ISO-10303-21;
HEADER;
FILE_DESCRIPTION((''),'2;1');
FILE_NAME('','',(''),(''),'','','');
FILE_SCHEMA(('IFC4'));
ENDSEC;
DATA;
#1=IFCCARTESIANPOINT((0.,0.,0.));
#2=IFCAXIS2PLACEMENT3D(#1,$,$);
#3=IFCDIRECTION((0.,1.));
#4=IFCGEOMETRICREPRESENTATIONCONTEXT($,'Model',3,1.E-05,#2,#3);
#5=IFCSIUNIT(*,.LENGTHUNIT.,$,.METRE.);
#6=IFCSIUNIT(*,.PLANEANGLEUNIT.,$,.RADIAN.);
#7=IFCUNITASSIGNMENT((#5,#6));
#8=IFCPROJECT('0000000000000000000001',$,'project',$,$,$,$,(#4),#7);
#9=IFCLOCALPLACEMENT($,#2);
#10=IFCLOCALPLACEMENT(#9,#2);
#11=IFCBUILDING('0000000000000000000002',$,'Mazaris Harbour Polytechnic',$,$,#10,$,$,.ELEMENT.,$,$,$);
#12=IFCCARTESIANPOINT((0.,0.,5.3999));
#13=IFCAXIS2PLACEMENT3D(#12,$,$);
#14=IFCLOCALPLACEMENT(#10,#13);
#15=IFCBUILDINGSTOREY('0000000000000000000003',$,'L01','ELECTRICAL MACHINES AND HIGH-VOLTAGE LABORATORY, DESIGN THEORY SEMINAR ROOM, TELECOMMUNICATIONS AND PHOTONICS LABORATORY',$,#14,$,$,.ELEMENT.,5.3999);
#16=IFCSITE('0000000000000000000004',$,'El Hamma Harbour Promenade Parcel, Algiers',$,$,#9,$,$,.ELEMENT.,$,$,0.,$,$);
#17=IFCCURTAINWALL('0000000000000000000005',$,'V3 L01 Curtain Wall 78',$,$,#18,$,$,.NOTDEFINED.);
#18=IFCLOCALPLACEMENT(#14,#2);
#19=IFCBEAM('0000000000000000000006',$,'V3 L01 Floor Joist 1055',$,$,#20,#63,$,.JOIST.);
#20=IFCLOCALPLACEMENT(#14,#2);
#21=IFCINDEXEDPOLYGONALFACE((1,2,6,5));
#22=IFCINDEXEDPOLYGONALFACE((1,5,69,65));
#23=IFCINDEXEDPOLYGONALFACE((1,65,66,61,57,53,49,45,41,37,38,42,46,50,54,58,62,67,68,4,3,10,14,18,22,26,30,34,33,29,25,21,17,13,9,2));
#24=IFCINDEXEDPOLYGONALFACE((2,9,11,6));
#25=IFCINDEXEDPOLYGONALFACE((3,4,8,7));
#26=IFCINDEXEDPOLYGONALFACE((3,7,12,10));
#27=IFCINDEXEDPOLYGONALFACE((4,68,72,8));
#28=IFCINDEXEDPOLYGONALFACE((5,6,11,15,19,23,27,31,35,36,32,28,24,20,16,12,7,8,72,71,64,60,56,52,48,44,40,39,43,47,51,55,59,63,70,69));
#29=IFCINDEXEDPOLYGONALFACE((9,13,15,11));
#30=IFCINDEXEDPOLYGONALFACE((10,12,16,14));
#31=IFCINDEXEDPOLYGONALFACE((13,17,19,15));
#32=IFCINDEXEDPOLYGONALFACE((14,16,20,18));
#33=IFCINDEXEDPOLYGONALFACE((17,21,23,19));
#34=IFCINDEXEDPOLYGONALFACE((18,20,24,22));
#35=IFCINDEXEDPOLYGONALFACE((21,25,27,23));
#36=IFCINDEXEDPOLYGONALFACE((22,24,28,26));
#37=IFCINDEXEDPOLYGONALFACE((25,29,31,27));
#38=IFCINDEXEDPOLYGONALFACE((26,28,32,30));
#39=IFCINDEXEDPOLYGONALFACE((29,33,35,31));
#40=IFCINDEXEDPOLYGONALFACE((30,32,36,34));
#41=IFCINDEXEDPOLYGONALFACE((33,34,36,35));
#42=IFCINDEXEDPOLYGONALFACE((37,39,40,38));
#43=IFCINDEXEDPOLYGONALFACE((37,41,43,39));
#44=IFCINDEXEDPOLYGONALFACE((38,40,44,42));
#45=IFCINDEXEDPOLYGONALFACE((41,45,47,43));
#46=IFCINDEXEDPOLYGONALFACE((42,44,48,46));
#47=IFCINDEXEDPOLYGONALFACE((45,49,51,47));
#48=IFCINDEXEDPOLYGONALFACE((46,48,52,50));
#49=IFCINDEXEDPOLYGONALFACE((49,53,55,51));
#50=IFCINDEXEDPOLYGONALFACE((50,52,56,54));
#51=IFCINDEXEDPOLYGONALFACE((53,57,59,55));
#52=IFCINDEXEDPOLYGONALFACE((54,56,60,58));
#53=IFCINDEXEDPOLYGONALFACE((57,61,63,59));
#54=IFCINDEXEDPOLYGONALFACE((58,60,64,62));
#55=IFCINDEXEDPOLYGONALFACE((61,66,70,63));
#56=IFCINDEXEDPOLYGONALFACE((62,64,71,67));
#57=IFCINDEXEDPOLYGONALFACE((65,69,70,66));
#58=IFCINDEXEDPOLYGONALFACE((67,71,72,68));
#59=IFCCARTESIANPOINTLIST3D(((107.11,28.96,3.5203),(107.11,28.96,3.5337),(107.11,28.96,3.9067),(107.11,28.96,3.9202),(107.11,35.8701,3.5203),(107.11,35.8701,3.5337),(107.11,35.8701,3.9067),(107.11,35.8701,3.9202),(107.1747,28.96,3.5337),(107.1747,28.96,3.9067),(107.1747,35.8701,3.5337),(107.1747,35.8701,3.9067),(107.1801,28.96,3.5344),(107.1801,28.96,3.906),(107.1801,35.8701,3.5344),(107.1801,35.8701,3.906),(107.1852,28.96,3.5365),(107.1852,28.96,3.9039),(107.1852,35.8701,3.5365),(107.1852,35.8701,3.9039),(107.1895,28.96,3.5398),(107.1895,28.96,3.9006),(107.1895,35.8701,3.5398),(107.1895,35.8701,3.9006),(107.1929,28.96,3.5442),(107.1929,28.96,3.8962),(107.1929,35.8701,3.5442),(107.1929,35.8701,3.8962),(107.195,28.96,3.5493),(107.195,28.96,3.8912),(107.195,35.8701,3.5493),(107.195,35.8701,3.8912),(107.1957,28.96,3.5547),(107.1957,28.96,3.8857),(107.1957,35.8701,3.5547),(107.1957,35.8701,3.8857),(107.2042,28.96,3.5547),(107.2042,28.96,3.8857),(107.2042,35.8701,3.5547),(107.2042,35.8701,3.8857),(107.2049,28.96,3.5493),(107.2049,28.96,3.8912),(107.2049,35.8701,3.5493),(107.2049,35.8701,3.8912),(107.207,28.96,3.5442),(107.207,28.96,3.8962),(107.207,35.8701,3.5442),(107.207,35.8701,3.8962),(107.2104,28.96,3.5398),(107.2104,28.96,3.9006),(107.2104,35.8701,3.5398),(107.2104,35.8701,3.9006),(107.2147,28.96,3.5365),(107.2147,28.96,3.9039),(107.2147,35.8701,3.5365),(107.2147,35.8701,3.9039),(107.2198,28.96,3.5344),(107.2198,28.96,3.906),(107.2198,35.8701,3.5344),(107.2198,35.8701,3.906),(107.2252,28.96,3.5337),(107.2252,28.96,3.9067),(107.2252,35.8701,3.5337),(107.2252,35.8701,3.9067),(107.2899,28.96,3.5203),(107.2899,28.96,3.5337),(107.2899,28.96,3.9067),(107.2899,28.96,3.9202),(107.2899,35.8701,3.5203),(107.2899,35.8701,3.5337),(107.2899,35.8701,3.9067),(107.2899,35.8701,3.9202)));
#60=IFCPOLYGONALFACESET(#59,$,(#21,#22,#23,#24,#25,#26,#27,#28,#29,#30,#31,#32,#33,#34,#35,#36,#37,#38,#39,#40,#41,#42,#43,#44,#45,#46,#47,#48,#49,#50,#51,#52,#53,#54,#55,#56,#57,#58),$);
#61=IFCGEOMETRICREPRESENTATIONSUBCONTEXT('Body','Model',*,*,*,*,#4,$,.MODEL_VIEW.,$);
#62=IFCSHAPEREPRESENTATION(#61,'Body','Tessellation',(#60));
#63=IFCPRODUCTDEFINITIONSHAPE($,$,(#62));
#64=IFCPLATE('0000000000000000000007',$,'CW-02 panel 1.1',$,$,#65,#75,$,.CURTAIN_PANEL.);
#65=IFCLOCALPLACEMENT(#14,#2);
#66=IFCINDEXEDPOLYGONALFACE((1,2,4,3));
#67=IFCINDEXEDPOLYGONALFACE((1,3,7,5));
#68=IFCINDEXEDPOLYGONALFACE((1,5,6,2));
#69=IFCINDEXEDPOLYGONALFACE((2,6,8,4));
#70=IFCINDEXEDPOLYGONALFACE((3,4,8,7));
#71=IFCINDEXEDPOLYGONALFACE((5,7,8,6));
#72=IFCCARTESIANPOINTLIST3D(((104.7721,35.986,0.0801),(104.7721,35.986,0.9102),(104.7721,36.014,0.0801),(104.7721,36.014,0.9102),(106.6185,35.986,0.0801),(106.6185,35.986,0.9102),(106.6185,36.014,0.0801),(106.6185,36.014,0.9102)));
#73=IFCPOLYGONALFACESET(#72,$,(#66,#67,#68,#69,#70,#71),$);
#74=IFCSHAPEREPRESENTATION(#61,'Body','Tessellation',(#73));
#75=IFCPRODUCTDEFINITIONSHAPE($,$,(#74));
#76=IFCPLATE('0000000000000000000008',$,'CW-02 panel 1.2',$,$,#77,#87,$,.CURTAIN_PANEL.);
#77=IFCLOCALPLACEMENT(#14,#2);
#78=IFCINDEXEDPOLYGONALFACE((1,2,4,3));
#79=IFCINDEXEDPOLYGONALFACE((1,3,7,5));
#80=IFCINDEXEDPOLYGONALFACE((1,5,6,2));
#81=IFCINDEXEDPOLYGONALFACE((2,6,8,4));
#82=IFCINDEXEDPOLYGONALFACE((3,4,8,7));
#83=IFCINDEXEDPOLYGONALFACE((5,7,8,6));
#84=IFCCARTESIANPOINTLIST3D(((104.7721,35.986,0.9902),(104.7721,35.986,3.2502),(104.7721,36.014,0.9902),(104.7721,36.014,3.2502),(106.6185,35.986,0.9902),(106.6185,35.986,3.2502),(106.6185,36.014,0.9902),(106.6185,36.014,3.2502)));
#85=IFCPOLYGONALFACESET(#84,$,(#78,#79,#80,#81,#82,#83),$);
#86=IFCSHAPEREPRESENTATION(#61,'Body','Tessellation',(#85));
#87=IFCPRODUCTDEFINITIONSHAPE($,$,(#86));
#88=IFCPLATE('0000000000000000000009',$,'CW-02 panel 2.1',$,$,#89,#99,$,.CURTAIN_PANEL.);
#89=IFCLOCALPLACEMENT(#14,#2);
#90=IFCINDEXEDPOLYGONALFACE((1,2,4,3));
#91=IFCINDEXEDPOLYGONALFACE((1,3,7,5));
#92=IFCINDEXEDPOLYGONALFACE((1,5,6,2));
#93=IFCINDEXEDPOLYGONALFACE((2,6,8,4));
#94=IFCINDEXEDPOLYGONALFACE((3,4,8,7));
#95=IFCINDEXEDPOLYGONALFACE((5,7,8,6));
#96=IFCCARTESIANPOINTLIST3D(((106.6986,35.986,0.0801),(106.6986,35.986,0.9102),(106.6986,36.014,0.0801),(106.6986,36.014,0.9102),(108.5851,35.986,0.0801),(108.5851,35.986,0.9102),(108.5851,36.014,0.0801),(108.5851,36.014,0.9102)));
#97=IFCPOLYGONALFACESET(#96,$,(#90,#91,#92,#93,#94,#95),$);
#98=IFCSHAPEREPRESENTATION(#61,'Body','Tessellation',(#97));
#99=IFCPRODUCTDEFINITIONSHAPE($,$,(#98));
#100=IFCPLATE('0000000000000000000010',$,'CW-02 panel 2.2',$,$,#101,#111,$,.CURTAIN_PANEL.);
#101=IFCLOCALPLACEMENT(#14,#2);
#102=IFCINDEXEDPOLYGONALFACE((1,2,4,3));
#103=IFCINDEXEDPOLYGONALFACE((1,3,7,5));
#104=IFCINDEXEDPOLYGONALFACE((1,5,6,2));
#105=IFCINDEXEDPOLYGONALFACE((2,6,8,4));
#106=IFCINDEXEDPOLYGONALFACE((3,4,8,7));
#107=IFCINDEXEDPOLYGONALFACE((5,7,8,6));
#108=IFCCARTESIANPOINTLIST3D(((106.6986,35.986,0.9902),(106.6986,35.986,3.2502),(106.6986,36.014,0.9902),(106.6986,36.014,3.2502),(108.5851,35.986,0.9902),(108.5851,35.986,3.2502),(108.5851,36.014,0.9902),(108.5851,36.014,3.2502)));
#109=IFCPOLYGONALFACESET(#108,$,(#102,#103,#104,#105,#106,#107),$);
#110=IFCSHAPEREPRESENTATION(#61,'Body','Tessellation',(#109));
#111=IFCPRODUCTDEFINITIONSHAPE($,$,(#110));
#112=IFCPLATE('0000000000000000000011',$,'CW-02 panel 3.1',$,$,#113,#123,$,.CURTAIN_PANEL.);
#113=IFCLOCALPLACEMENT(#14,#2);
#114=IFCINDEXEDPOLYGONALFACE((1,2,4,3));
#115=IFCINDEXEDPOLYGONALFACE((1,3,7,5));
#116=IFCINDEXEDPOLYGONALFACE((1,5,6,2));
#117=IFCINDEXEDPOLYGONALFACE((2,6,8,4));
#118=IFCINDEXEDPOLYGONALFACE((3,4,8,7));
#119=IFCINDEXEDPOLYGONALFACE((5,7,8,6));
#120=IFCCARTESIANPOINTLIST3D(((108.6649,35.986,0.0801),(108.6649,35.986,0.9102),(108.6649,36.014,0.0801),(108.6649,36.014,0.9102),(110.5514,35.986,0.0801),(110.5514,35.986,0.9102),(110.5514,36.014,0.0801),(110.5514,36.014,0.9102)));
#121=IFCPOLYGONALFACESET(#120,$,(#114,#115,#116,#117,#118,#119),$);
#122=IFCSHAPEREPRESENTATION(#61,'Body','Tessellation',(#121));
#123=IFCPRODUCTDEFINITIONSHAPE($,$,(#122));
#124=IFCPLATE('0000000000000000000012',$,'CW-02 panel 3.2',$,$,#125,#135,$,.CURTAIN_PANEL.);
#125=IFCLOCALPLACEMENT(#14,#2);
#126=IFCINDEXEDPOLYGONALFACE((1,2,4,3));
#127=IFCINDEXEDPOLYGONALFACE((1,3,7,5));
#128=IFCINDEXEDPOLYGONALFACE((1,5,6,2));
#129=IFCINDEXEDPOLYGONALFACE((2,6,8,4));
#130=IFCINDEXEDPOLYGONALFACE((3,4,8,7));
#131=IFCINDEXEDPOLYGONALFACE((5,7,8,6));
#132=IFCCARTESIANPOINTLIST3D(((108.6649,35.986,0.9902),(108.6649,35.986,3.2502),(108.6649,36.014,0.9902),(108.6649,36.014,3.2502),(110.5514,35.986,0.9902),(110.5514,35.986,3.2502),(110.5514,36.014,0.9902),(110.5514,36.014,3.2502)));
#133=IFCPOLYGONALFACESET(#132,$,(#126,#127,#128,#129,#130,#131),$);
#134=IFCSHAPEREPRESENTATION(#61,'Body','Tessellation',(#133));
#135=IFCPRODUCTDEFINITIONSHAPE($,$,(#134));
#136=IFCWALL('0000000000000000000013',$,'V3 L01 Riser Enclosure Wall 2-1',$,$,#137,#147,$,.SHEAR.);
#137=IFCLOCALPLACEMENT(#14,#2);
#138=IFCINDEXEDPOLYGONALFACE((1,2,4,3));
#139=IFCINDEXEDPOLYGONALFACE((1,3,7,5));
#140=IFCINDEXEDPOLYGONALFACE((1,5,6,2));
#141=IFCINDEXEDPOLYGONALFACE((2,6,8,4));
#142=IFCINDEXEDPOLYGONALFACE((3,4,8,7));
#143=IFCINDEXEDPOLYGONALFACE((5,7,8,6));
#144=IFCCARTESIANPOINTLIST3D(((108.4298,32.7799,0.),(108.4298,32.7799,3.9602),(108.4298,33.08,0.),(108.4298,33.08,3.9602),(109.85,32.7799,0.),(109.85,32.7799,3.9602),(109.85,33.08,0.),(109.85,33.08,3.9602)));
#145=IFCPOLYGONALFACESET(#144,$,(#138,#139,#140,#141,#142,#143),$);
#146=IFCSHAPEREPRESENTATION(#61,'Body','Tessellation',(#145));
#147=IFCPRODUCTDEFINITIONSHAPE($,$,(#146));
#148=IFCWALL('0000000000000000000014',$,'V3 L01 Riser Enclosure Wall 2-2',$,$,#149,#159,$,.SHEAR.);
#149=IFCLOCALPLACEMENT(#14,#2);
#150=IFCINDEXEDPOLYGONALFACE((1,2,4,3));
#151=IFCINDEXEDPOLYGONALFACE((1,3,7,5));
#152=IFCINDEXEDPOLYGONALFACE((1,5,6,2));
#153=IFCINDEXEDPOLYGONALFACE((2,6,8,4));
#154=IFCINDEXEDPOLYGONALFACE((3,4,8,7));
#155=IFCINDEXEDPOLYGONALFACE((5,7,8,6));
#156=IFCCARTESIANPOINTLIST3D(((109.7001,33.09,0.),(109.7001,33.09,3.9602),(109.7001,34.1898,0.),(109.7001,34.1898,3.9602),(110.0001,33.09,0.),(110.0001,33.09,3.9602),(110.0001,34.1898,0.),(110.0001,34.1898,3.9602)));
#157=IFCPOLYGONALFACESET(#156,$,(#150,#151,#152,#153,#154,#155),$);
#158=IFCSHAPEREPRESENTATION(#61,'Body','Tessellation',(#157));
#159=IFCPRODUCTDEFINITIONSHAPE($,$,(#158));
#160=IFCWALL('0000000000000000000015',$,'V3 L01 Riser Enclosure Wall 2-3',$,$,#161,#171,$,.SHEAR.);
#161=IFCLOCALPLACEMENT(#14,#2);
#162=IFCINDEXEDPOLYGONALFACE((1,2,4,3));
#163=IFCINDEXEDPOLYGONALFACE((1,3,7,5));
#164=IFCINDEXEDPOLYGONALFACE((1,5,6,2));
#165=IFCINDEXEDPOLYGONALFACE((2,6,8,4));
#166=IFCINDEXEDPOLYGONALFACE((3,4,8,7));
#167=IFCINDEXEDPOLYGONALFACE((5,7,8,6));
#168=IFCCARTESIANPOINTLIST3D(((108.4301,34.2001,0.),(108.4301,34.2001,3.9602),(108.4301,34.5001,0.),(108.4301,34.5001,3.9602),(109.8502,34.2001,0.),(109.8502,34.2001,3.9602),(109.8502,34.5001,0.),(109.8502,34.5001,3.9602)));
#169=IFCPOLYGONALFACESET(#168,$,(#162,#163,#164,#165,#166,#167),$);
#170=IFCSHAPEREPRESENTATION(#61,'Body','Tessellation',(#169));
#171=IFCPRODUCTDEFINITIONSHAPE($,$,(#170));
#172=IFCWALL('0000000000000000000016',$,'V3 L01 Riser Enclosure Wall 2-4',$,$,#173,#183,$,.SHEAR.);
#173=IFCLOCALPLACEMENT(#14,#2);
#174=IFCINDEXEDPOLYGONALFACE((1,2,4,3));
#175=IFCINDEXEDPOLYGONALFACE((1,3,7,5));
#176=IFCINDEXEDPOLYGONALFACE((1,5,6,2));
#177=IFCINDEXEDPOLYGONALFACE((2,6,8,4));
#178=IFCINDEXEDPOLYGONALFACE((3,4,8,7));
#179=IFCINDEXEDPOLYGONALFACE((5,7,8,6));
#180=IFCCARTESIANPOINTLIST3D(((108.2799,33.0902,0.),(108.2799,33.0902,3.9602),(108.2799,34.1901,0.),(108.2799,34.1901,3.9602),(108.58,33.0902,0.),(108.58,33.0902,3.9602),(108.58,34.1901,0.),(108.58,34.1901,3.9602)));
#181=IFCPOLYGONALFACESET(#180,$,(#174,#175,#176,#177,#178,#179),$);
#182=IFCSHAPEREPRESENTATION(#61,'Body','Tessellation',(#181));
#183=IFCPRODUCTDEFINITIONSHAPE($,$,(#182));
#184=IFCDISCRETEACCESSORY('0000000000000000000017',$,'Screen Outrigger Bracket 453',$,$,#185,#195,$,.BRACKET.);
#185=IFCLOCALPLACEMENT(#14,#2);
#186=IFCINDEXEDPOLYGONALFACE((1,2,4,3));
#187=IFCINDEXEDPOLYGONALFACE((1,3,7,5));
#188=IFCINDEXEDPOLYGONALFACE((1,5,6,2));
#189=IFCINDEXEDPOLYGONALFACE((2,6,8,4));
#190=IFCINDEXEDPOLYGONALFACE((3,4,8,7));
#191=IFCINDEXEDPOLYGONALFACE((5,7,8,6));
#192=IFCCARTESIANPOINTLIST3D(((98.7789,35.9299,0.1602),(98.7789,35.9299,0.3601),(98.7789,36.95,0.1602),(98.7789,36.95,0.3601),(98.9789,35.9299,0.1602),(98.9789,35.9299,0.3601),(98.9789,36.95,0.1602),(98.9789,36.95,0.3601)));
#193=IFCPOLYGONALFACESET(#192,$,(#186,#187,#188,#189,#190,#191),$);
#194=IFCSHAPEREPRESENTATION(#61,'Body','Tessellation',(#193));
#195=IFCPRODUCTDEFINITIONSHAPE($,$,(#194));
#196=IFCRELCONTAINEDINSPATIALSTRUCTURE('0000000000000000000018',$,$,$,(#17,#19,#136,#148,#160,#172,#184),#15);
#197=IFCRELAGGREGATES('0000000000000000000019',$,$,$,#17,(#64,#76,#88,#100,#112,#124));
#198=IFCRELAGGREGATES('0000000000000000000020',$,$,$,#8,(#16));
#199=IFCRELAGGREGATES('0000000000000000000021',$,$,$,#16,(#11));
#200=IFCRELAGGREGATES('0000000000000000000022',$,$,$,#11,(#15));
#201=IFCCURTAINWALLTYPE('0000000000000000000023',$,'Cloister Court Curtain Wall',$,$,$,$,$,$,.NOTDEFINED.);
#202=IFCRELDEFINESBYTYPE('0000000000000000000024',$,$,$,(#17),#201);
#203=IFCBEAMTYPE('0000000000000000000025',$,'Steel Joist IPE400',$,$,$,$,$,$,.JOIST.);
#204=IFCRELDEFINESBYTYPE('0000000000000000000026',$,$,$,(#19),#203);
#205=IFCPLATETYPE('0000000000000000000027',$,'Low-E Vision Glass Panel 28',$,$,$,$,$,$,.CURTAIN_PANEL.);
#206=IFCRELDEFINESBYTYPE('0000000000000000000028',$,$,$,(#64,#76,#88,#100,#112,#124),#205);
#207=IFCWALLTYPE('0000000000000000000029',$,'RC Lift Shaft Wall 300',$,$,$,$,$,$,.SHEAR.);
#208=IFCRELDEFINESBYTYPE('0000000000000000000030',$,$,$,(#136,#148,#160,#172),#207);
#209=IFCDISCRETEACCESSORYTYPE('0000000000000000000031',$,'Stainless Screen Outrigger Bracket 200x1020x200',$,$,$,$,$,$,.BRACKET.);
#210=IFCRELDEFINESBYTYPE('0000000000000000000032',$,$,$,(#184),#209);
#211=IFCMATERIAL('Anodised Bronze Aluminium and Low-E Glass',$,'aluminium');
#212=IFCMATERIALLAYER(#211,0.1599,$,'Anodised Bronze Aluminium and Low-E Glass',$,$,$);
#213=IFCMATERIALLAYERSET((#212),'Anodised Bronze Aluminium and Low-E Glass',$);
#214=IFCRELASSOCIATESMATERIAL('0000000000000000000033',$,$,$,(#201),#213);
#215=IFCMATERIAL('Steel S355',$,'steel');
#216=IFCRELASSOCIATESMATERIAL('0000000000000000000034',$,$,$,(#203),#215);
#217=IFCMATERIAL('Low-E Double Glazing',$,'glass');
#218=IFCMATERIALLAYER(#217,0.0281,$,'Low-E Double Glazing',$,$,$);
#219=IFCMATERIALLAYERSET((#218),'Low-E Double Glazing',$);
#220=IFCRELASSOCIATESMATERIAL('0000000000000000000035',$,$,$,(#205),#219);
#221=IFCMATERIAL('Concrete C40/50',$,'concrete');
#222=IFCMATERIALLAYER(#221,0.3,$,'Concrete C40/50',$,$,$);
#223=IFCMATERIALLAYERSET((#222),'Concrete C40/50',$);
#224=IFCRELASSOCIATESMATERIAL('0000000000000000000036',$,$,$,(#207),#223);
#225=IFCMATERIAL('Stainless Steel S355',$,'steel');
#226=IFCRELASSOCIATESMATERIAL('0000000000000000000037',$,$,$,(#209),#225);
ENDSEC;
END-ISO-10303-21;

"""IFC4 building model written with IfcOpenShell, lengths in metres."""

from ifc_helpers import new_model, si_unit, direction, frame, frame_2d, origin, origin_2d, place, context, subcontext, project, spatial, rectangle, i_section, extrude, material, layer, layer_set, material_profile, profile_set, type_object, element, aggregate, save


model = new_model("IFC4")

# Units and contexts
model_context = context("Model", 3, precision=1e-05, world=origin(), true_north=direction((0.0, 1.0)))
body_context = subcontext(model_context, "Body", "Model", "MODEL_VIEW")
ifc_project = project(units=[si_unit("LENGTHUNIT", "METRE"), si_unit("PLANEANGLEUNIT", "RADIAN")], contexts=[model_context])

# Site, building, storey
site_placement = place(None, origin())
site = spatial("IfcSite", under=ifc_project, at=site_placement, Name="El Hamma Harbour Promenade Parcel, Algiers", CompositionType="ELEMENT", RefElevation=0.0)
building_placement = place(site_placement, origin())
building = spatial("IfcBuilding", under=site, at=building_placement, Name="Mazaris Harbour Polytechnic", CompositionType="ELEMENT")
storey_placement = place(building_placement, frame((0.0, 0.0, 5.3999)))
storey = spatial("IfcBuildingStorey", under=building, at=storey_placement, Name="L01", Description="ELECTRICAL MACHINES AND HIGH-VOLTAGE LABORATORY, DESIGN THEORY SEMINAR ROOM, TELECOMMUNICATIONS AND PHOTONICS LABORATORY", CompositionType="ELEMENT", Elevation=5.3999)

# Curtain wall
ifc_material_1 = material(Name="Anodised Bronze Aluminium and Low-E Glass", Category="aluminium")
ifc_layer_1 = layer(ifc_material_1, 0.1599, Name="Anodised Bronze Aluminium and Low-E Glass")
ifc_layer_set_1 = layer_set([ifc_layer_1], Name="Anodised Bronze Aluminium and Low-E Glass")
curtain_wall_type = type_object("IfcCurtainWallType", Name="Cloister Court Curtain Wall", PredefinedType="NOTDEFINED", material=ifc_layer_set_1)
curtain_wall_placement = place(storey_placement, origin())
curtain_wall = element("IfcCurtainWall", 1, at=curtain_wall_placement, inside=storey, type_object=curtain_wall_type, Name="V3 L01 Curtain Wall 78", PredefinedType="NOTDEFINED")

# Beam
ifc_material_2 = material(Name="Steel S355", Category="steel")
ifc_material_profile_1 = material_profile(ifc_material_2, i_section(OverallWidth=0.1799, OverallDepth=0.3999, WebThickness=0.0085, FlangeThickness=0.0134, FilletRadius=0.021, at=origin_2d()), Name="IPE 400")
ifc_profile_set_1 = profile_set([ifc_material_profile_1], Name="Steel S355")
beam_type_1 = type_object("IfcBeamType", Name="Steel Joist IPE400", PredefinedType="JOIST", material=ifc_profile_set_1)
beam_1_placement = place(storey_placement, frame((107.2, 28.96, 3.7202), z_axis=(0.0, 1.0, 0.0), x_axis=(-1.0, 0.0, 0.0)))
element("IfcBeam", 2, at=beam_1_placement, inside=storey, type_object=beam_type_1, Name="V3 L01 Floor Joist 1055", PredefinedType="JOIST", context=body_context, shape_type="SweptSolid", body=[
    extrude(i_section(OverallWidth=0.1799, OverallDepth=0.3999, WebThickness=0.0085, FlangeThickness=0.0134, FilletRadius=0.021, at=origin_2d()), origin(), (0.0, 0.0, 1.0), 6.9102),
])

# Plates
ifc_material_3 = material(Name="Low-E Double Glazing", Category="glass")
ifc_layer_2 = layer(ifc_material_3, 0.0281, Name="Low-E Double Glazing")
ifc_layer_set_2 = layer_set([ifc_layer_2], Name="Low-E Double Glazing")
plate_type = type_object("IfcPlateType", Name="Low-E Vision Glass Panel 28", PredefinedType="CURTAIN_PANEL", material=ifc_layer_set_2)
plate_1_placement = place(storey_placement, frame((105.6953, 36.0, 0.0801), z_axis=(0.0, 0.0, 1.0), x_axis=(1.0, 0.0, 0.0)))
plate_1 = element("IfcPlate", 3, at=plate_1_placement, type_object=plate_type, Name="CW-02 panel 1.1", PredefinedType="CURTAIN_PANEL", context=body_context, shape_type="SweptSolid", body=[
    extrude(rectangle(XDim=1.8464, YDim=0.0281, at=origin_2d()), origin(), (0.0, 0.0, 1.0), 0.8301),
])
plate_2_placement = place(storey_placement, frame((105.6953, 36.0, 0.9902), z_axis=(0.0, 0.0, 1.0), x_axis=(1.0, 0.0, 0.0)))
plate_2 = element("IfcPlate", 4, at=plate_2_placement, type_object=plate_type, Name="CW-02 panel 1.2", PredefinedType="CURTAIN_PANEL", context=body_context, shape_type="SweptSolid", body=[
    extrude(rectangle(XDim=1.8464, YDim=0.0281, at=origin_2d()), origin(), (0.0, 0.0, 1.0), 2.26),
])
plate_3_placement = place(storey_placement, frame((107.6418, 36.0, 0.0801), z_axis=(0.0, 0.0, 1.0), x_axis=(1.0, 0.0, 0.0)))
plate_3 = element("IfcPlate", 5, at=plate_3_placement, type_object=plate_type, Name="CW-02 panel 2.1", PredefinedType="CURTAIN_PANEL", context=body_context, shape_type="SweptSolid", body=[
    extrude(rectangle(XDim=1.8865, YDim=0.0281, at=origin_2d()), origin(), (0.0, 0.0, 1.0), 0.8301),
])
plate_4_placement = place(storey_placement, frame((107.6418, 36.0, 0.9902), z_axis=(0.0, 0.0, 1.0), x_axis=(1.0, 0.0, 0.0)))
plate_4 = element("IfcPlate", 6, at=plate_4_placement, type_object=plate_type, Name="CW-02 panel 2.2", PredefinedType="CURTAIN_PANEL", context=body_context, shape_type="SweptSolid", body=[
    extrude(rectangle(XDim=1.8865, YDim=0.0281, at=origin_2d()), origin(), (0.0, 0.0, 1.0), 2.26),
])
plate_5_placement = place(storey_placement, frame((109.6082, 36.0, 0.0801), z_axis=(0.0, 0.0, 1.0), x_axis=(1.0, 0.0, 0.0)))
plate_5 = element("IfcPlate", 7, at=plate_5_placement, type_object=plate_type, Name="CW-02 panel 3.1", PredefinedType="CURTAIN_PANEL", context=body_context, shape_type="SweptSolid", body=[
    extrude(rectangle(XDim=1.8865, YDim=0.0281, at=origin_2d()), origin(), (0.0, 0.0, 1.0), 0.8301),
])
plate_6_placement = place(storey_placement, frame((109.6082, 36.0, 0.9902), z_axis=(0.0, 0.0, 1.0), x_axis=(1.0, 0.0, 0.0)))
plate_6 = element("IfcPlate", 8, at=plate_6_placement, type_object=plate_type, Name="CW-02 panel 3.2", PredefinedType="CURTAIN_PANEL", context=body_context, shape_type="SweptSolid", body=[
    extrude(rectangle(XDim=1.8865, YDim=0.0281, at=origin_2d()), origin(), (0.0, 0.0, 1.0), 2.26),
])
aggregate(curtain_wall, [plate_1, plate_2, plate_3, plate_4, plate_5, plate_6])

# Walls
ifc_material_4 = material(Name="Concrete C40/50", Category="concrete")
ifc_layer_3 = layer(ifc_material_4, 0.3, Name="Concrete C40/50")
ifc_layer_set_3 = layer_set([ifc_layer_3], Name="Concrete C40/50")
wall_type = type_object("IfcWallType", Name="RC Lift Shaft Wall 300", PredefinedType="SHEAR", material=ifc_layer_set_3)
wall_1_placement = place(storey_placement, frame((108.4299, 32.9299, 0.0), z_axis=(0.0, 0.0, 1.0), x_axis=(1.0, 0.0, 0.0)))
element("IfcWall", 9, at=wall_1_placement, inside=storey, type_object=wall_type, Name="V3 L01 Riser Enclosure Wall 2-1", PredefinedType="SHEAR", context=body_context, shape_type="SweptSolid", body=[
    extrude(rectangle(XDim=1.4202, YDim=0.3, at=frame_2d((0.71, 0.0))), origin(), (0.0, 0.0, 1.0), 3.9602),
])
wall_2_placement = place(storey_placement, frame((109.8501, 33.0901, 0.0), z_axis=(0.0, 0.0, 1.0), x_axis=(0.0, 1.0, 0.0)))
element("IfcWall", 10, at=wall_2_placement, inside=storey, type_object=wall_type, Name="V3 L01 Riser Enclosure Wall 2-2", PredefinedType="SHEAR", context=body_context, shape_type="SweptSolid", body=[
    extrude(rectangle(XDim=1.0999, YDim=0.3, at=frame_2d((0.5498, 0.0))), origin(), (0.0, 0.0, 1.0), 3.9602),
])
wall_3_placement = place(storey_placement, frame((109.8501, 34.3501, 0.0), z_axis=(0.0, 0.0, 1.0), x_axis=(-1.0, 0.0, 0.0)))
element("IfcWall", 11, at=wall_3_placement, inside=storey, type_object=wall_type, Name="V3 L01 Riser Enclosure Wall 2-3", PredefinedType="SHEAR", context=body_context, shape_type="SweptSolid", body=[
    extrude(rectangle(XDim=1.4202, YDim=0.3, at=frame_2d((0.71, 0.0))), origin(), (0.0, 0.0, 1.0), 3.9602),
])
wall_4_placement = place(storey_placement, frame((108.4299, 34.1899, 0.0), z_axis=(0.0, 0.0, 1.0), x_axis=(0.0, -1.0, 0.0)))
element("IfcWall", 12, at=wall_4_placement, inside=storey, type_object=wall_type, Name="V3 L01 Riser Enclosure Wall 2-4", PredefinedType="SHEAR", context=body_context, shape_type="SweptSolid", body=[
    extrude(rectangle(XDim=1.0999, YDim=0.3, at=frame_2d((0.5498, 0.0))), origin(), (0.0, 0.0, 1.0), 3.9602),
])

# Discrete accessory
ifc_material_5 = material(Name="Stainless Steel S355", Category="steel")
discrete_accessory_type = type_object("IfcDiscreteAccessoryType", Name="Stainless Screen Outrigger Bracket 200x1020x200", PredefinedType="BRACKET", material=ifc_material_5)
for number, where, z_axis, x_axis, name in (
    (13, (98.8789, 36.4399, 0.1602), (0.0, 0.0, 1.0), (1.0, 0.0, 0.0), "Screen Outrigger Bracket 453"),
):
    element("IfcDiscreteAccessory", number, at=place(storey_placement, frame(where, z_axis=z_axis, x_axis=x_axis)), inside=storey, type_object=discrete_accessory_type, Name=name, PredefinedType="BRACKET", context=body_context, shape_type="SweptSolid", body=[
        extrude(rectangle(XDim=0.2, YDim=1.02, at=origin_2d()), origin(), (0.0, 0.0, 1.0), 0.2),
    ])

save(model, "model.ifc")
